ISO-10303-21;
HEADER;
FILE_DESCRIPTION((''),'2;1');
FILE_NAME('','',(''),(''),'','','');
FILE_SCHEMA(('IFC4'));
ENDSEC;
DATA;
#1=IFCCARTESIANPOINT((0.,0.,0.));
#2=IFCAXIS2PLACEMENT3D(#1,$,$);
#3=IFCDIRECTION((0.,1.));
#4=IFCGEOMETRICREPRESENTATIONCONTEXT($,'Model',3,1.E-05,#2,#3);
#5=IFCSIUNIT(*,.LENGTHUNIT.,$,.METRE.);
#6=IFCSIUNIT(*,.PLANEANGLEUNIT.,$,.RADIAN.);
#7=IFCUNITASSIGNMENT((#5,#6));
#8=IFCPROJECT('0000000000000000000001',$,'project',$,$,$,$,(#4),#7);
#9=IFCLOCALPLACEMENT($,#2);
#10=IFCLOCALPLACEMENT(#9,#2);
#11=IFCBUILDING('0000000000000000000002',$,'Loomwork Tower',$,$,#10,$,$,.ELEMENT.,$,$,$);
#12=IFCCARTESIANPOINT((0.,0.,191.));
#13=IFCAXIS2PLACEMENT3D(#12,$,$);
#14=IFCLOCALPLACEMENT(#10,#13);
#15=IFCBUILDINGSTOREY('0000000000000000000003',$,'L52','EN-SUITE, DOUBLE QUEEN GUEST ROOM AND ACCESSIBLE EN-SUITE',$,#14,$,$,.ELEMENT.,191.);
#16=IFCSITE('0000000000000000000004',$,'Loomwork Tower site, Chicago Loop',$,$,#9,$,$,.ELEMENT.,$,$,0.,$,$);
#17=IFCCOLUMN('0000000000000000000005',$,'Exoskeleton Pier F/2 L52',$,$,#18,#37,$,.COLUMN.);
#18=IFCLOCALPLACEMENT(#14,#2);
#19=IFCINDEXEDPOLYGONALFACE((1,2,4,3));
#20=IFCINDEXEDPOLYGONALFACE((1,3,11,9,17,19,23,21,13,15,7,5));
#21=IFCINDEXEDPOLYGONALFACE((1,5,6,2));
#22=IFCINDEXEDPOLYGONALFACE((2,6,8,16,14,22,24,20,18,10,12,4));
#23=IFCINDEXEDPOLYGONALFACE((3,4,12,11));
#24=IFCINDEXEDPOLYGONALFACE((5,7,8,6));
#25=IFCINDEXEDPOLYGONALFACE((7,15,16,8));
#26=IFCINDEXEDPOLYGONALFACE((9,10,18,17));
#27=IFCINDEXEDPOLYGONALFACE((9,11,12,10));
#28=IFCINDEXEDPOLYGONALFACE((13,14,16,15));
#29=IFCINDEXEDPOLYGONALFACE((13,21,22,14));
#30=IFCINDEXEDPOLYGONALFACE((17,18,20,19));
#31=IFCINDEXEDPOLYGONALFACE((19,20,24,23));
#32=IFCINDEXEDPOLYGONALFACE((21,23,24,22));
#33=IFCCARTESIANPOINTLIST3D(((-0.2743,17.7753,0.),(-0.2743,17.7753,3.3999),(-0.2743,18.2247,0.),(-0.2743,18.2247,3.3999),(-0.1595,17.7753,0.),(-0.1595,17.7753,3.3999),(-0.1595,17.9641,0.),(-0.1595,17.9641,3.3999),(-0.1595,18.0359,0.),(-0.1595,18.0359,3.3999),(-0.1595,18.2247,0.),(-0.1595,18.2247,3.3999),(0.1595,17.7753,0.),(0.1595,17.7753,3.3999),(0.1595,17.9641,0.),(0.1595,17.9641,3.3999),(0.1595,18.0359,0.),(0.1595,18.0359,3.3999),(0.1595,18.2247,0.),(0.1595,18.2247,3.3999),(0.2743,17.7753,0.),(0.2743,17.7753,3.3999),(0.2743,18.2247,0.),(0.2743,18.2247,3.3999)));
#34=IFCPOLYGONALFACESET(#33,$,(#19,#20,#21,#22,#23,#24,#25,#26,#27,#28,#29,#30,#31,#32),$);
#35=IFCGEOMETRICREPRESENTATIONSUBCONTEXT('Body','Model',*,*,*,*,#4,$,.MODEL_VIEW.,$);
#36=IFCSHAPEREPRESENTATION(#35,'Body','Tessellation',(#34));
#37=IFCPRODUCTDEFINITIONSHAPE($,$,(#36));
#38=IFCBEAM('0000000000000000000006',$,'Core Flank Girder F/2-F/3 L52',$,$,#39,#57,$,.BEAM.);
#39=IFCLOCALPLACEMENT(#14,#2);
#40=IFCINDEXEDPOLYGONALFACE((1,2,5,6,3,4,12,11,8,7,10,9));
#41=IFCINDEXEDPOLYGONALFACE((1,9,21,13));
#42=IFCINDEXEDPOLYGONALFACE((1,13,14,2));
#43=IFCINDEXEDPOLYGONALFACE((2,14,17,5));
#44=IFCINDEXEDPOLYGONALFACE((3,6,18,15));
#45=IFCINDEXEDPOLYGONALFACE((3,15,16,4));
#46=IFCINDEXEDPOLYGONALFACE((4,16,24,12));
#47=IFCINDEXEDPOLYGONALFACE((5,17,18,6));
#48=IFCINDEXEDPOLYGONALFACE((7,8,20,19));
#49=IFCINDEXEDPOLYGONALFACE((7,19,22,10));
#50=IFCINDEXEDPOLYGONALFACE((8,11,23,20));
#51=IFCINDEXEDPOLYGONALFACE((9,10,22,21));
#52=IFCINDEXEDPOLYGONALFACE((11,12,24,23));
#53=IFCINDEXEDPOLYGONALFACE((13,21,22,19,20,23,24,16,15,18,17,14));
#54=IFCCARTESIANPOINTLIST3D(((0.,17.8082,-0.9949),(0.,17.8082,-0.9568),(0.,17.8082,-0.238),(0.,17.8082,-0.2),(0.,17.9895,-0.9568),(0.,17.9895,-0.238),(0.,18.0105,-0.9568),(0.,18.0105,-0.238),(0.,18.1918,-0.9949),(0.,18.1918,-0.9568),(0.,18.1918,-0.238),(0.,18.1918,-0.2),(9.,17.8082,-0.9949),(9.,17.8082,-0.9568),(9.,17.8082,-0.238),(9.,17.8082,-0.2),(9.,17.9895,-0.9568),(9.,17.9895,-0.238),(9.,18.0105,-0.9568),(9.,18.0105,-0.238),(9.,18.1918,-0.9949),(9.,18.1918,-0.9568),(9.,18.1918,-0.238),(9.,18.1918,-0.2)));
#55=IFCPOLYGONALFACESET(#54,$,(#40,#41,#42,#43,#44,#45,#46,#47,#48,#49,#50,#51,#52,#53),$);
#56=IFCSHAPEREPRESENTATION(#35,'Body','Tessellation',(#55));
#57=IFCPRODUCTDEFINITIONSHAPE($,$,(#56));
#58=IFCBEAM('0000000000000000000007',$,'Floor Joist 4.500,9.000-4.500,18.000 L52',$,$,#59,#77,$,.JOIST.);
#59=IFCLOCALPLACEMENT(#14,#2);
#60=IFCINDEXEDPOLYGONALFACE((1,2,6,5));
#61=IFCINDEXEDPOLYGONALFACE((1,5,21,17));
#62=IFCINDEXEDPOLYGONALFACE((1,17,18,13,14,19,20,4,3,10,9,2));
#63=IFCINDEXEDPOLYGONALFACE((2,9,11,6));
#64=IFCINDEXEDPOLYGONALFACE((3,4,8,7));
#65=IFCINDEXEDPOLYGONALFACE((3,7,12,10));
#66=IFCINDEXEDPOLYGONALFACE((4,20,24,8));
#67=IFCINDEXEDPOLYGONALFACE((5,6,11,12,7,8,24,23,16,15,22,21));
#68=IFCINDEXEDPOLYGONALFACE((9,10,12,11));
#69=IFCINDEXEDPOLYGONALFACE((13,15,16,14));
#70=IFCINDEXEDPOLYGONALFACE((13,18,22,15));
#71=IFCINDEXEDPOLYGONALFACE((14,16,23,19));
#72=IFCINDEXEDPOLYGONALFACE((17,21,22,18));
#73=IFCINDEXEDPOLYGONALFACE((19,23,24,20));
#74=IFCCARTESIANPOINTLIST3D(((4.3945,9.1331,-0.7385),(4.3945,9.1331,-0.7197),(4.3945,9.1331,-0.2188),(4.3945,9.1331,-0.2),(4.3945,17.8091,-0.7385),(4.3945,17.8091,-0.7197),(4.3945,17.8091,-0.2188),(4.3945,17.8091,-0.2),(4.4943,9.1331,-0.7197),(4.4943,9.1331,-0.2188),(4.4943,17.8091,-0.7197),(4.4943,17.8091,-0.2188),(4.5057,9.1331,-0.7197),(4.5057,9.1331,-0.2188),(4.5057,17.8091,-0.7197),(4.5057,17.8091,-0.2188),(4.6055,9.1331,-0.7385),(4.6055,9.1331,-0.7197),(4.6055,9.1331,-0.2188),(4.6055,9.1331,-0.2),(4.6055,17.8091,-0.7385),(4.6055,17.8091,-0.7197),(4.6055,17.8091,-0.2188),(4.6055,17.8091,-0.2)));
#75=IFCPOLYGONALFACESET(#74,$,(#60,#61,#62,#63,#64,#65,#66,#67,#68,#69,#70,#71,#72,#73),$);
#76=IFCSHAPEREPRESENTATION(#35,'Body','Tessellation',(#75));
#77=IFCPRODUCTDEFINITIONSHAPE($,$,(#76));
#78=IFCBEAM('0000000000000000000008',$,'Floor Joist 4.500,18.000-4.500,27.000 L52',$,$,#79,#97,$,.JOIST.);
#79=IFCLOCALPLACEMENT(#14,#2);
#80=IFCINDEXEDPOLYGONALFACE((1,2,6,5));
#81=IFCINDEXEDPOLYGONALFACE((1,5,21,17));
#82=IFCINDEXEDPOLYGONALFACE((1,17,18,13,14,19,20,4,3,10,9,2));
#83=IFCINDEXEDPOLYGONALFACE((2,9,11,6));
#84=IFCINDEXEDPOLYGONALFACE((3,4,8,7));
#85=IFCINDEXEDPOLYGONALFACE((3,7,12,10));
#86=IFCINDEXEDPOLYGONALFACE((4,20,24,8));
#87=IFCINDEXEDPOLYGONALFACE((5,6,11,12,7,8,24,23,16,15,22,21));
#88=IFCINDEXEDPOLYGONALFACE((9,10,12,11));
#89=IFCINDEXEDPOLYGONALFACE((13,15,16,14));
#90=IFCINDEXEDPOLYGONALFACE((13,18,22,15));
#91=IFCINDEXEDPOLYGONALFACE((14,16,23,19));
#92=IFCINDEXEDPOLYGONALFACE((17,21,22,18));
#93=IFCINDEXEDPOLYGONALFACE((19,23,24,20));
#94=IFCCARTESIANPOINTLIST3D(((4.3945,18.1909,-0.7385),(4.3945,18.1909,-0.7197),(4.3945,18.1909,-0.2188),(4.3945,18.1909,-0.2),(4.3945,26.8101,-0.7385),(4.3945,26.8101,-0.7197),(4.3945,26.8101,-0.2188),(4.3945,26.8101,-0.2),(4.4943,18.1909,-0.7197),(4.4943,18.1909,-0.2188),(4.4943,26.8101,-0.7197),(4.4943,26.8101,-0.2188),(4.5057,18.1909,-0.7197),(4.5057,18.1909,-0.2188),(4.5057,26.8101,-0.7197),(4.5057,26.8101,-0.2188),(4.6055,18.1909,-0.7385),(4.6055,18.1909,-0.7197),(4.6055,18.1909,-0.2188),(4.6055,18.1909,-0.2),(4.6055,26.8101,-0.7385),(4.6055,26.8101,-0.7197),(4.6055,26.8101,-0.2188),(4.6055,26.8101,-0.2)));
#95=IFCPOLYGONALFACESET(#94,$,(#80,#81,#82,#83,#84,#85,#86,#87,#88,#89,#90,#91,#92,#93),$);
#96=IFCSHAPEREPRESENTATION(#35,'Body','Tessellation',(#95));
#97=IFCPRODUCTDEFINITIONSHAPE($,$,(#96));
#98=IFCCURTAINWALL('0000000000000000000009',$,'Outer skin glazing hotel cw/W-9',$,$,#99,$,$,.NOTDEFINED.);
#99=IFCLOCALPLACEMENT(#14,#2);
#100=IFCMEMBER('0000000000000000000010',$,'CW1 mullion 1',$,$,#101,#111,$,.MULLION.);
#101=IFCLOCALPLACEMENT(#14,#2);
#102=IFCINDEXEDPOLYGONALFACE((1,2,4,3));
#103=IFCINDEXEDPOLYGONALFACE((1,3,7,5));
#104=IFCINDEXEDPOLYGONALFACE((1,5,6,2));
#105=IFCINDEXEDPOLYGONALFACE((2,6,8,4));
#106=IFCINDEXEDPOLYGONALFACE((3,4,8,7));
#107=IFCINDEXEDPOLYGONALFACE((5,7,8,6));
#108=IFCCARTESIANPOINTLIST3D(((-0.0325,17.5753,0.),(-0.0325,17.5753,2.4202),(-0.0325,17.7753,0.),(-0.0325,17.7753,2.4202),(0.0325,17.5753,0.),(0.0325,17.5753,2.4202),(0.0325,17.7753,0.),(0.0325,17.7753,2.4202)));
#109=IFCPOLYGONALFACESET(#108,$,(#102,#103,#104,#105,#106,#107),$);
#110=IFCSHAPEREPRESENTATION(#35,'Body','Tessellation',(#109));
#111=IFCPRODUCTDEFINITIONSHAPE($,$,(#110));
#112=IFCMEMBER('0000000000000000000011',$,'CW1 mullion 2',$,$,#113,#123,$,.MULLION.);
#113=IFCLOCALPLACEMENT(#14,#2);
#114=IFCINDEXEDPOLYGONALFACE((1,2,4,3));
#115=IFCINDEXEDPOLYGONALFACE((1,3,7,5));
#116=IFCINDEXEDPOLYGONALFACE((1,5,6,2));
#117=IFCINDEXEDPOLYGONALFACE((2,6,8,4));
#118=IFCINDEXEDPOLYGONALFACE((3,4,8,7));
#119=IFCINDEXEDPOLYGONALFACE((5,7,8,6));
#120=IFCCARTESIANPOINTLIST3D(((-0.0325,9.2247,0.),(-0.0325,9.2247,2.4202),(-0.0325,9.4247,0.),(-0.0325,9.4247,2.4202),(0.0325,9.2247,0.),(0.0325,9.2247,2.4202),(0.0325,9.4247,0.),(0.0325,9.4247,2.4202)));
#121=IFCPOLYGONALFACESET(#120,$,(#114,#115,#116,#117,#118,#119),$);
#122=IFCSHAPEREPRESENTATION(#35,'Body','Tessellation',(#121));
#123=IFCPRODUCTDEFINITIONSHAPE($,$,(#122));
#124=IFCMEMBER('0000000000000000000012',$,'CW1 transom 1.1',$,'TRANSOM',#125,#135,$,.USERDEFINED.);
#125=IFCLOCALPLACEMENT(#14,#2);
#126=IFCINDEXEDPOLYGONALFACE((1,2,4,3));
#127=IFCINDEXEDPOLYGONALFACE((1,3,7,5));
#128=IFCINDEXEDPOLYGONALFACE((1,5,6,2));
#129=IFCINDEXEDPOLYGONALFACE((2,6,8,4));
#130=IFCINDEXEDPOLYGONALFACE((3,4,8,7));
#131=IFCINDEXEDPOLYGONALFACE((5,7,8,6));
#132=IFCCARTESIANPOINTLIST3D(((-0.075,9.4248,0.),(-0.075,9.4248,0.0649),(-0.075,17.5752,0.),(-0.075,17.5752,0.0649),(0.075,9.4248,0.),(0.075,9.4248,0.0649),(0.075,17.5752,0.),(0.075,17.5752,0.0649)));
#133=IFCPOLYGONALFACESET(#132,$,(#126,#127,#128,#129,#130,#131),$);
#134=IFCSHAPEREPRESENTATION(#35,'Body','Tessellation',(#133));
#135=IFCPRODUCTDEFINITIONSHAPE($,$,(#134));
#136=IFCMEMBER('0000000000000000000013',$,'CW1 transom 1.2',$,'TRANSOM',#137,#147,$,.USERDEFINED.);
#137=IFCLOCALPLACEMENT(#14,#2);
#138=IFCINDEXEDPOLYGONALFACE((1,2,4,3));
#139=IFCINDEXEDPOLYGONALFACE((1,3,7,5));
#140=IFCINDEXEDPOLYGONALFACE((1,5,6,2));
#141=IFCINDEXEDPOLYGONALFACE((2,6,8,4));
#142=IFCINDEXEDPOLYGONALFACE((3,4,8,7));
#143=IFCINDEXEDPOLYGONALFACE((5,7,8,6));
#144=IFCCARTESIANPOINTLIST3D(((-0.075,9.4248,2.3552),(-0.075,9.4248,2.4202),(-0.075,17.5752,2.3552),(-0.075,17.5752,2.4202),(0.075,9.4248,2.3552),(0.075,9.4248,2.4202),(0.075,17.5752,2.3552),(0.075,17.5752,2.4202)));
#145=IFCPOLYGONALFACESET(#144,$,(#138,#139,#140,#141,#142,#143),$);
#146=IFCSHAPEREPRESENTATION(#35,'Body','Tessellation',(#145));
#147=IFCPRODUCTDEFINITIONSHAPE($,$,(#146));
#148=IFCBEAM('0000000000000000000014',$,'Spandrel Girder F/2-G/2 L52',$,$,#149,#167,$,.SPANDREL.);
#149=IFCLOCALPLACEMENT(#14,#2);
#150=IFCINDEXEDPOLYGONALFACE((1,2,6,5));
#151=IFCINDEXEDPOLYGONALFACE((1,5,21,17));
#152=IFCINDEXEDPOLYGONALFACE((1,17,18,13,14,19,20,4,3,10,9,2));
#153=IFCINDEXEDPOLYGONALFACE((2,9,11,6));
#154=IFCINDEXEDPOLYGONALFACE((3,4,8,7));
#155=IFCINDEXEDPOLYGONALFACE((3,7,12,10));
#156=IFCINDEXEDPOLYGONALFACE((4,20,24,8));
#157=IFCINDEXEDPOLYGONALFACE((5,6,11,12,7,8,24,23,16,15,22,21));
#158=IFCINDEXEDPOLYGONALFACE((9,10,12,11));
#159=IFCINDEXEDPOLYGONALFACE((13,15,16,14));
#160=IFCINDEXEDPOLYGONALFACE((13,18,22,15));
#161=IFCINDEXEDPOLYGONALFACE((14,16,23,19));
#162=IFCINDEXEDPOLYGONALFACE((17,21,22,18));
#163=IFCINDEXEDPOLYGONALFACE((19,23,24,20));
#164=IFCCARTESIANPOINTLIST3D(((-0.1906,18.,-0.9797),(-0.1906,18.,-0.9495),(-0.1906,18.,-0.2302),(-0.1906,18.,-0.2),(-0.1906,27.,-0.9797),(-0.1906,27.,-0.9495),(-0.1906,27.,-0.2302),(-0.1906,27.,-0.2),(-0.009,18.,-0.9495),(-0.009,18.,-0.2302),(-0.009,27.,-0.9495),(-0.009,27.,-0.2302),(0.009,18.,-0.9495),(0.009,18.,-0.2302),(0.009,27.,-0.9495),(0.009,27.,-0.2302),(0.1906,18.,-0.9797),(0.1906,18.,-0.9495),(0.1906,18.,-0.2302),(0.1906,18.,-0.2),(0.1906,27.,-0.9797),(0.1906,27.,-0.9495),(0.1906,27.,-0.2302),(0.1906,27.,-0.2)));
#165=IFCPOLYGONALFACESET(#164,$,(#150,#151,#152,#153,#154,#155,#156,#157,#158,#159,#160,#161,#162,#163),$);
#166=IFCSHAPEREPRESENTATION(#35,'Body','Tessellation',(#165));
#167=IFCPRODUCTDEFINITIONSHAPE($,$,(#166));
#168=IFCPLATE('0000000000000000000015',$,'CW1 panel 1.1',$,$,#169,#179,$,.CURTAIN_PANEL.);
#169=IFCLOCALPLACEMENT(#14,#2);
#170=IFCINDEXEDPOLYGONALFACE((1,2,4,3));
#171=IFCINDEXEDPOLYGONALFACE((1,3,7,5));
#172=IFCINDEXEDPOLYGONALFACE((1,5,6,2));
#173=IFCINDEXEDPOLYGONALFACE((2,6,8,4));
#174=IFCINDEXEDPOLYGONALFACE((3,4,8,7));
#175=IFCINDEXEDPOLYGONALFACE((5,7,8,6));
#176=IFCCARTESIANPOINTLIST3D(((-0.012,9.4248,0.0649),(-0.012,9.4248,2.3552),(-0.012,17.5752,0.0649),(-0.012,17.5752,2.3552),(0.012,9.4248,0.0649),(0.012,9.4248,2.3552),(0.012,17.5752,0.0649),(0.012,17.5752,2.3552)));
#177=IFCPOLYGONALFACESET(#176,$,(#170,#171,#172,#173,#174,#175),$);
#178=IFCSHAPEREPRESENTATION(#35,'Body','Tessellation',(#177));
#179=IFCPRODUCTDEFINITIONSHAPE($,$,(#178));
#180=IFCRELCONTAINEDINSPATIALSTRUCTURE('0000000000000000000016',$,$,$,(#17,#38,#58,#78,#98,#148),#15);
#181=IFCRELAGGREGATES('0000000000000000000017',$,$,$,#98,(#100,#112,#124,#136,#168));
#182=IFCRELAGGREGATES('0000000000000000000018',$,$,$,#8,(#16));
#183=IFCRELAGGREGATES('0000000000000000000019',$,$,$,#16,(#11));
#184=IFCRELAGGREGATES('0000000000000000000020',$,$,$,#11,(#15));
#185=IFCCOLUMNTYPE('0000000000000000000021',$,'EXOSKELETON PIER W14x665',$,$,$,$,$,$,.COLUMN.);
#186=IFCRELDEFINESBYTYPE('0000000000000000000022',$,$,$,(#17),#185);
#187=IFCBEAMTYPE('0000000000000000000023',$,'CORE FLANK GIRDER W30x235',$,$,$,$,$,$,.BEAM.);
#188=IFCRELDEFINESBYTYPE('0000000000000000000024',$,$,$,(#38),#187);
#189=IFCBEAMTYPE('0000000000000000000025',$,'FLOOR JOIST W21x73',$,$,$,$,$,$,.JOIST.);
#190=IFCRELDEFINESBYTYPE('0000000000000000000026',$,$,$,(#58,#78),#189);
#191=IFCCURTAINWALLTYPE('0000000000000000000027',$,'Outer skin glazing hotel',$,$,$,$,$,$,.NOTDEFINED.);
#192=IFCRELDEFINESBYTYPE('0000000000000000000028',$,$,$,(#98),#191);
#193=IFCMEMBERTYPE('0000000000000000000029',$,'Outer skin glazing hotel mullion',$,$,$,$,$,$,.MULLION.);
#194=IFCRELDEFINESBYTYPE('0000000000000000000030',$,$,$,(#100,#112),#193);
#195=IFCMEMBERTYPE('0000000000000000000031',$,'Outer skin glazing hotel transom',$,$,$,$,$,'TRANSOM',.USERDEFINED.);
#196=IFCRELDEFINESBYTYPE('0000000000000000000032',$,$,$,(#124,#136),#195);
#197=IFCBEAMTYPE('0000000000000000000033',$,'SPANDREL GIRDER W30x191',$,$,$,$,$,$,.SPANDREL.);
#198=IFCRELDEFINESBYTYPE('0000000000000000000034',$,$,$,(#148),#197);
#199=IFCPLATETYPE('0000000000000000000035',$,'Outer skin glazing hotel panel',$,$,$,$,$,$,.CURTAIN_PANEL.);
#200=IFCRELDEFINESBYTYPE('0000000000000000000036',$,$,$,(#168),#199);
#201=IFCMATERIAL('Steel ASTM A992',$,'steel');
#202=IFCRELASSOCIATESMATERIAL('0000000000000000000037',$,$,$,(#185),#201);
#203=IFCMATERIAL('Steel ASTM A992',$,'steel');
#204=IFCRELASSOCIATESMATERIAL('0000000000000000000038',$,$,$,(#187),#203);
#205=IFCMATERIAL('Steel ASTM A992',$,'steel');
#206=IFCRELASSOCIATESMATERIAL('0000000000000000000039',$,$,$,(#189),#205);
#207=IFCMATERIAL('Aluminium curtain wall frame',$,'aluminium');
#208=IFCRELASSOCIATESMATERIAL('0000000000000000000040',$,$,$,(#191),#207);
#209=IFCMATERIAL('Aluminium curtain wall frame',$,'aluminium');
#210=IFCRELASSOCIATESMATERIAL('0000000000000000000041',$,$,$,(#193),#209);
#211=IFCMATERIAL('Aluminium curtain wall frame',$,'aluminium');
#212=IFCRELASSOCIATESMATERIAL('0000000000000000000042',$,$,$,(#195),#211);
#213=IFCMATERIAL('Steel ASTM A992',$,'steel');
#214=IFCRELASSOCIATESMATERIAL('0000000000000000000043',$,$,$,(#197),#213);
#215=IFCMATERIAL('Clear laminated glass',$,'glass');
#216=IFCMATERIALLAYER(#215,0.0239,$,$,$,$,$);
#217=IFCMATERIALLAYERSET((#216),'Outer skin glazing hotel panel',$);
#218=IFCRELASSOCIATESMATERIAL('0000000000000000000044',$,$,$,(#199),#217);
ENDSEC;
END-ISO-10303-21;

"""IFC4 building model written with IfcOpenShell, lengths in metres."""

from ifc_helpers import new_model, si_unit, direction, frame, origin, origin_2d, place, context, subcontext, project, spatial, rectangle, i_section, extrude, material, layer, layer_set, material_profile, profile_set, type_object, element, aggregate, save


model = new_model("IFC4")

# Units and contexts
model_context = context("Model", 3, precision=1e-05, world=origin(), true_north=direction((0.0, 1.0)))
body_context = subcontext(model_context, "Body", "Model", "MODEL_VIEW")
ifc_project = project(units=[si_unit("LENGTHUNIT", "METRE"), si_unit("PLANEANGLEUNIT", "RADIAN")], contexts=[model_context])

# Site, building, storey
site_placement = place(None, origin())
site = spatial("IfcSite", under=ifc_project, at=site_placement, Name="Loomwork Tower site, Chicago Loop", CompositionType="ELEMENT", RefElevation=0.0)
building_placement = place(site_placement, origin())
building = spatial("IfcBuilding", under=site, at=building_placement, Name="Loomwork Tower", CompositionType="ELEMENT")
storey_placement = place(building_placement, frame((0.0, 0.0, 191.0)))
storey = spatial("IfcBuildingStorey", under=building, at=storey_placement, Name="L52", Description="EN-SUITE, DOUBLE QUEEN GUEST ROOM AND ACCESSIBLE EN-SUITE", CompositionType="ELEMENT", Elevation=191.0)

# Column
ifc_material_1 = material(Name="Steel ASTM A992", Category="steel")
ifc_material_profile_1 = material_profile(ifc_material_1, i_section(OverallWidth=0.4495, OverallDepth=0.5486, WebThickness=0.0718, FlangeThickness=0.1147, at=origin_2d()), Name="W14x665")
ifc_profile_set_1 = profile_set([ifc_material_profile_1], Name="Steel ASTM A992")
column_type = type_object("IfcColumnType", Name="EXOSKELETON PIER W14x665", PredefinedType="COLUMN", material=ifc_profile_set_1)
column_placement = place(storey_placement, frame((0.0, 18.0, 0.0), z_axis=(0.0, 0.0, 1.0), x_axis=(0.0, 1.0, 0.0)))
element("IfcColumn", 1, at=column_placement, inside=storey, type_object=column_type, Name="Exoskeleton Pier F/2 L52", PredefinedType="COLUMN", context=body_context, shape_type="SweptSolid", body=[
    extrude(i_section(OverallWidth=0.4495, OverallDepth=0.5486, WebThickness=0.0718, FlangeThickness=0.1147, at=origin_2d()), origin(), (0.0, 0.0, 1.0), 3.3999),
])

# Beams
ifc_material_2 = material(Name="Steel ASTM A992", Category="steel")
ifc_material_profile_2 = material_profile(ifc_material_2, i_section(OverallWidth=0.3835, OverallDepth=0.7949, WebThickness=0.021, FlangeThickness=0.0381, at=origin_2d()), Name="W30x235")
ifc_profile_set_2 = profile_set([ifc_material_profile_2], Name="Steel ASTM A992")
beam_type_1 = type_object("IfcBeamType", Name="CORE FLANK GIRDER W30x235", PredefinedType="BEAM", material=ifc_profile_set_2)
beam_1_placement = place(storey_placement, frame((0.0, 18.0, -0.5974), z_axis=(1.0, 0.0, 0.0), x_axis=(0.0, 1.0, 0.0)))
element("IfcBeam", 2, at=beam_1_placement, inside=storey, type_object=beam_type_1, Name="Core Flank Girder F/2-F/3 L52", PredefinedType="BEAM", context=body_context, shape_type="SweptSolid", body=[
    extrude(i_section(OverallWidth=0.3835, OverallDepth=0.7949, WebThickness=0.021, FlangeThickness=0.0381, at=origin_2d()), origin(), (0.0, 0.0, 1.0), 9.0),
])
ifc_material_3 = material(Name="Steel ASTM A992", Category="steel")
ifc_material_profile_3 = material_profile(ifc_material_3, i_section(OverallWidth=0.2109, OverallDepth=0.5386, WebThickness=0.0115, FlangeThickness=0.0188, at=origin_2d()), Name="W21x73")
ifc_profile_set_3 = profile_set([ifc_material_profile_3], Name="Steel ASTM A992")
beam_type_2 = type_object("IfcBeamType", Name="FLOOR JOIST W21x73", PredefinedType="JOIST", material=ifc_profile_set_3)
beam_2_placement = place(storey_placement, frame((4.5, 9.1331, -0.4692), z_axis=(0.0, 1.0, 0.0), x_axis=(-1.0, 0.0, 0.0)))
element("IfcBeam", 3, at=beam_2_placement, inside=storey, type_object=beam_type_2, Name="Floor Joist 4.500,9.000-4.500,18.000 L52", PredefinedType="JOIST", context=body_context, shape_type="SweptSolid", body=[
    extrude(i_section(OverallWidth=0.2109, OverallDepth=0.5386, WebThickness=0.0115, FlangeThickness=0.0188, at=origin_2d()), origin(), (0.0, 0.0, 1.0), 8.676),
])
beam_3_placement = place(storey_placement, frame((4.5, 18.1909, -0.4692), z_axis=(0.0, 1.0, 0.0), x_axis=(-1.0, 0.0, 0.0)))
element("IfcBeam", 4, at=beam_3_placement, inside=storey, type_object=beam_type_2, Name="Floor Joist 4.500,18.000-4.500,27.000 L52", PredefinedType="JOIST", context=body_context, shape_type="SweptSolid", body=[
    extrude(i_section(OverallWidth=0.2109, OverallDepth=0.5386, WebThickness=0.0115, FlangeThickness=0.0188, at=origin_2d()), origin(), (0.0, 0.0, 1.0), 8.6191),
])

# Curtain wall, members
ifc_material_4 = material(Name="Aluminium curtain wall frame", Category="aluminium")
curtain_wall_type = type_object("IfcCurtainWallType", Name="Outer skin glazing hotel", PredefinedType="NOTDEFINED", material=ifc_material_4)
curtain_wall_placement = place(storey_placement, origin())
curtain_wall = element("IfcCurtainWall", 5, at=curtain_wall_placement, inside=storey, type_object=curtain_wall_type, Name="Outer skin glazing hotel cw/W-9", PredefinedType="NOTDEFINED")
ifc_material_5 = material(Name="Aluminium curtain wall frame", Category="aluminium")
ifc_material_profile_4 = material_profile(ifc_material_5, rectangle(XDim=0.0649, YDim=0.2, at=origin_2d()), Name="AL 65x200")
ifc_profile_set_4 = profile_set([ifc_material_profile_4], Name="Aluminium curtain wall frame")
member_type_1 = type_object("IfcMemberType", Name="Outer skin glazing hotel mullion", PredefinedType="MULLION", material=ifc_profile_set_4)
member_1_placement = place(storey_placement, frame((0.0, 17.6753, 0.0), z_axis=(0.0, 0.0, 1.0), x_axis=(1.0, 0.0, 0.0)))
member_1 = element("IfcMember", 6, at=member_1_placement, type_object=member_type_1, Name="CW1 mullion 1", PredefinedType="MULLION", context=body_context, shape_type="SweptSolid", body=[
    extrude(rectangle(XDim=0.0649, YDim=0.2, at=origin_2d()), origin(), (0.0, 0.0, 1.0), 2.4202),
])
member_2_placement = place(storey_placement, frame((0.0, 9.3247, 0.0), z_axis=(0.0, 0.0, 1.0), x_axis=(1.0, 0.0, 0.0)))
member_2 = element("IfcMember", 7, at=member_2_placement, type_object=member_type_1, Name="CW1 mullion 2", PredefinedType="MULLION", context=body_context, shape_type="SweptSolid", body=[
    extrude(rectangle(XDim=0.0649, YDim=0.2, at=origin_2d()), origin(), (0.0, 0.0, 1.0), 2.4202),
])
ifc_material_6 = material(Name="Aluminium curtain wall frame", Category="aluminium")
ifc_material_profile_5 = material_profile(ifc_material_6, rectangle(XDim=0.1499, YDim=0.0649, at=origin_2d()), Name="AL 65x150")
ifc_profile_set_5 = profile_set([ifc_material_profile_5], Name="Aluminium curtain wall frame")
member_type_2 = type_object("IfcMemberType", Name="Outer skin glazing hotel transom", ElementType="TRANSOM", PredefinedType="USERDEFINED", material=ifc_profile_set_5)
member_3_placement = place(storey_placement, frame((0.0, 17.5752, 0.0325), z_axis=(0.0, -1.0, 0.0), x_axis=(1.0, 0.0, 0.0)))
member_3 = element("IfcMember", 8, at=member_3_placement, type_object=member_type_2, Name="CW1 transom 1.1", ObjectType="TRANSOM", PredefinedType="USERDEFINED", context=body_context, shape_type="SweptSolid", body=[
    extrude(rectangle(XDim=0.1499, YDim=0.0649, at=origin_2d()), origin(), (0.0, 0.0, 1.0), 8.1504),
])
member_4_placement = place(storey_placement, frame((0.0, 17.5752, 2.3877), z_axis=(0.0, -1.0, 0.0), x_axis=(1.0, 0.0, 0.0)))
member_4 = element("IfcMember", 9, at=member_4_placement, type_object=member_type_2, Name="CW1 transom 1.2", ObjectType="TRANSOM", PredefinedType="USERDEFINED", context=body_context, shape_type="SweptSolid", body=[
    extrude(rectangle(XDim=0.1499, YDim=0.0649, at=origin_2d()), origin(), (0.0, 0.0, 1.0), 8.1504),
])

# Beam
ifc_material_7 = material(Name="Steel ASTM A992", Category="steel")
ifc_material_profile_6 = material_profile(ifc_material_7, i_section(OverallWidth=0.3811, OverallDepth=0.7798, WebThickness=0.0181, FlangeThickness=0.0303, at=origin_2d()), Name="W30x191")
ifc_profile_set_6 = profile_set([ifc_material_profile_6], Name="Steel ASTM A992")
beam_type_3 = type_object("IfcBeamType", Name="SPANDREL GIRDER W30x191", PredefinedType="SPANDREL", material=ifc_profile_set_6)
beam_4_placement = place(storey_placement, frame((0.0, 18.0, -0.5898), z_axis=(0.0, 1.0, 0.0), x_axis=(-1.0, 0.0, 0.0)))
element("IfcBeam", 10, at=beam_4_placement, inside=storey, type_object=beam_type_3, Name="Spandrel Girder F/2-G/2 L52", PredefinedType="SPANDREL", context=body_context, shape_type="SweptSolid", body=[
    extrude(i_section(OverallWidth=0.3811, OverallDepth=0.7798, WebThickness=0.0181, FlangeThickness=0.0303, at=origin_2d()), origin(), (0.0, 0.0, 1.0), 9.0),
])

# Plate
ifc_material_8 = material(Name="Clear laminated glass", Category="glass")
ifc_layer_1 = layer(ifc_material_8, 0.0239)
ifc_layer_set_1 = layer_set([ifc_layer_1], Name="Outer skin glazing hotel panel")
plate_type = type_object("IfcPlateType", Name="Outer skin glazing hotel panel", PredefinedType="CURTAIN_PANEL", material=ifc_layer_set_1)
plate_placement = place(storey_placement, frame((0.0, 13.5, 0.0649), z_axis=(0.0, 0.0, 1.0), x_axis=(0.0, -1.0, 0.0)))
plate = element("IfcPlate", 11, at=plate_placement, type_object=plate_type, Name="CW1 panel 1.1", PredefinedType="CURTAIN_PANEL", context=body_context, shape_type="SweptSolid", body=[
    extrude(rectangle(XDim=8.1504, YDim=0.0239, at=origin_2d()), origin(), (0.0, 0.0, 1.0), 2.2903),
])
aggregate(curtain_wall, [member_1, member_2, member_3, member_4, plate])

save(model, "model.ifc")
